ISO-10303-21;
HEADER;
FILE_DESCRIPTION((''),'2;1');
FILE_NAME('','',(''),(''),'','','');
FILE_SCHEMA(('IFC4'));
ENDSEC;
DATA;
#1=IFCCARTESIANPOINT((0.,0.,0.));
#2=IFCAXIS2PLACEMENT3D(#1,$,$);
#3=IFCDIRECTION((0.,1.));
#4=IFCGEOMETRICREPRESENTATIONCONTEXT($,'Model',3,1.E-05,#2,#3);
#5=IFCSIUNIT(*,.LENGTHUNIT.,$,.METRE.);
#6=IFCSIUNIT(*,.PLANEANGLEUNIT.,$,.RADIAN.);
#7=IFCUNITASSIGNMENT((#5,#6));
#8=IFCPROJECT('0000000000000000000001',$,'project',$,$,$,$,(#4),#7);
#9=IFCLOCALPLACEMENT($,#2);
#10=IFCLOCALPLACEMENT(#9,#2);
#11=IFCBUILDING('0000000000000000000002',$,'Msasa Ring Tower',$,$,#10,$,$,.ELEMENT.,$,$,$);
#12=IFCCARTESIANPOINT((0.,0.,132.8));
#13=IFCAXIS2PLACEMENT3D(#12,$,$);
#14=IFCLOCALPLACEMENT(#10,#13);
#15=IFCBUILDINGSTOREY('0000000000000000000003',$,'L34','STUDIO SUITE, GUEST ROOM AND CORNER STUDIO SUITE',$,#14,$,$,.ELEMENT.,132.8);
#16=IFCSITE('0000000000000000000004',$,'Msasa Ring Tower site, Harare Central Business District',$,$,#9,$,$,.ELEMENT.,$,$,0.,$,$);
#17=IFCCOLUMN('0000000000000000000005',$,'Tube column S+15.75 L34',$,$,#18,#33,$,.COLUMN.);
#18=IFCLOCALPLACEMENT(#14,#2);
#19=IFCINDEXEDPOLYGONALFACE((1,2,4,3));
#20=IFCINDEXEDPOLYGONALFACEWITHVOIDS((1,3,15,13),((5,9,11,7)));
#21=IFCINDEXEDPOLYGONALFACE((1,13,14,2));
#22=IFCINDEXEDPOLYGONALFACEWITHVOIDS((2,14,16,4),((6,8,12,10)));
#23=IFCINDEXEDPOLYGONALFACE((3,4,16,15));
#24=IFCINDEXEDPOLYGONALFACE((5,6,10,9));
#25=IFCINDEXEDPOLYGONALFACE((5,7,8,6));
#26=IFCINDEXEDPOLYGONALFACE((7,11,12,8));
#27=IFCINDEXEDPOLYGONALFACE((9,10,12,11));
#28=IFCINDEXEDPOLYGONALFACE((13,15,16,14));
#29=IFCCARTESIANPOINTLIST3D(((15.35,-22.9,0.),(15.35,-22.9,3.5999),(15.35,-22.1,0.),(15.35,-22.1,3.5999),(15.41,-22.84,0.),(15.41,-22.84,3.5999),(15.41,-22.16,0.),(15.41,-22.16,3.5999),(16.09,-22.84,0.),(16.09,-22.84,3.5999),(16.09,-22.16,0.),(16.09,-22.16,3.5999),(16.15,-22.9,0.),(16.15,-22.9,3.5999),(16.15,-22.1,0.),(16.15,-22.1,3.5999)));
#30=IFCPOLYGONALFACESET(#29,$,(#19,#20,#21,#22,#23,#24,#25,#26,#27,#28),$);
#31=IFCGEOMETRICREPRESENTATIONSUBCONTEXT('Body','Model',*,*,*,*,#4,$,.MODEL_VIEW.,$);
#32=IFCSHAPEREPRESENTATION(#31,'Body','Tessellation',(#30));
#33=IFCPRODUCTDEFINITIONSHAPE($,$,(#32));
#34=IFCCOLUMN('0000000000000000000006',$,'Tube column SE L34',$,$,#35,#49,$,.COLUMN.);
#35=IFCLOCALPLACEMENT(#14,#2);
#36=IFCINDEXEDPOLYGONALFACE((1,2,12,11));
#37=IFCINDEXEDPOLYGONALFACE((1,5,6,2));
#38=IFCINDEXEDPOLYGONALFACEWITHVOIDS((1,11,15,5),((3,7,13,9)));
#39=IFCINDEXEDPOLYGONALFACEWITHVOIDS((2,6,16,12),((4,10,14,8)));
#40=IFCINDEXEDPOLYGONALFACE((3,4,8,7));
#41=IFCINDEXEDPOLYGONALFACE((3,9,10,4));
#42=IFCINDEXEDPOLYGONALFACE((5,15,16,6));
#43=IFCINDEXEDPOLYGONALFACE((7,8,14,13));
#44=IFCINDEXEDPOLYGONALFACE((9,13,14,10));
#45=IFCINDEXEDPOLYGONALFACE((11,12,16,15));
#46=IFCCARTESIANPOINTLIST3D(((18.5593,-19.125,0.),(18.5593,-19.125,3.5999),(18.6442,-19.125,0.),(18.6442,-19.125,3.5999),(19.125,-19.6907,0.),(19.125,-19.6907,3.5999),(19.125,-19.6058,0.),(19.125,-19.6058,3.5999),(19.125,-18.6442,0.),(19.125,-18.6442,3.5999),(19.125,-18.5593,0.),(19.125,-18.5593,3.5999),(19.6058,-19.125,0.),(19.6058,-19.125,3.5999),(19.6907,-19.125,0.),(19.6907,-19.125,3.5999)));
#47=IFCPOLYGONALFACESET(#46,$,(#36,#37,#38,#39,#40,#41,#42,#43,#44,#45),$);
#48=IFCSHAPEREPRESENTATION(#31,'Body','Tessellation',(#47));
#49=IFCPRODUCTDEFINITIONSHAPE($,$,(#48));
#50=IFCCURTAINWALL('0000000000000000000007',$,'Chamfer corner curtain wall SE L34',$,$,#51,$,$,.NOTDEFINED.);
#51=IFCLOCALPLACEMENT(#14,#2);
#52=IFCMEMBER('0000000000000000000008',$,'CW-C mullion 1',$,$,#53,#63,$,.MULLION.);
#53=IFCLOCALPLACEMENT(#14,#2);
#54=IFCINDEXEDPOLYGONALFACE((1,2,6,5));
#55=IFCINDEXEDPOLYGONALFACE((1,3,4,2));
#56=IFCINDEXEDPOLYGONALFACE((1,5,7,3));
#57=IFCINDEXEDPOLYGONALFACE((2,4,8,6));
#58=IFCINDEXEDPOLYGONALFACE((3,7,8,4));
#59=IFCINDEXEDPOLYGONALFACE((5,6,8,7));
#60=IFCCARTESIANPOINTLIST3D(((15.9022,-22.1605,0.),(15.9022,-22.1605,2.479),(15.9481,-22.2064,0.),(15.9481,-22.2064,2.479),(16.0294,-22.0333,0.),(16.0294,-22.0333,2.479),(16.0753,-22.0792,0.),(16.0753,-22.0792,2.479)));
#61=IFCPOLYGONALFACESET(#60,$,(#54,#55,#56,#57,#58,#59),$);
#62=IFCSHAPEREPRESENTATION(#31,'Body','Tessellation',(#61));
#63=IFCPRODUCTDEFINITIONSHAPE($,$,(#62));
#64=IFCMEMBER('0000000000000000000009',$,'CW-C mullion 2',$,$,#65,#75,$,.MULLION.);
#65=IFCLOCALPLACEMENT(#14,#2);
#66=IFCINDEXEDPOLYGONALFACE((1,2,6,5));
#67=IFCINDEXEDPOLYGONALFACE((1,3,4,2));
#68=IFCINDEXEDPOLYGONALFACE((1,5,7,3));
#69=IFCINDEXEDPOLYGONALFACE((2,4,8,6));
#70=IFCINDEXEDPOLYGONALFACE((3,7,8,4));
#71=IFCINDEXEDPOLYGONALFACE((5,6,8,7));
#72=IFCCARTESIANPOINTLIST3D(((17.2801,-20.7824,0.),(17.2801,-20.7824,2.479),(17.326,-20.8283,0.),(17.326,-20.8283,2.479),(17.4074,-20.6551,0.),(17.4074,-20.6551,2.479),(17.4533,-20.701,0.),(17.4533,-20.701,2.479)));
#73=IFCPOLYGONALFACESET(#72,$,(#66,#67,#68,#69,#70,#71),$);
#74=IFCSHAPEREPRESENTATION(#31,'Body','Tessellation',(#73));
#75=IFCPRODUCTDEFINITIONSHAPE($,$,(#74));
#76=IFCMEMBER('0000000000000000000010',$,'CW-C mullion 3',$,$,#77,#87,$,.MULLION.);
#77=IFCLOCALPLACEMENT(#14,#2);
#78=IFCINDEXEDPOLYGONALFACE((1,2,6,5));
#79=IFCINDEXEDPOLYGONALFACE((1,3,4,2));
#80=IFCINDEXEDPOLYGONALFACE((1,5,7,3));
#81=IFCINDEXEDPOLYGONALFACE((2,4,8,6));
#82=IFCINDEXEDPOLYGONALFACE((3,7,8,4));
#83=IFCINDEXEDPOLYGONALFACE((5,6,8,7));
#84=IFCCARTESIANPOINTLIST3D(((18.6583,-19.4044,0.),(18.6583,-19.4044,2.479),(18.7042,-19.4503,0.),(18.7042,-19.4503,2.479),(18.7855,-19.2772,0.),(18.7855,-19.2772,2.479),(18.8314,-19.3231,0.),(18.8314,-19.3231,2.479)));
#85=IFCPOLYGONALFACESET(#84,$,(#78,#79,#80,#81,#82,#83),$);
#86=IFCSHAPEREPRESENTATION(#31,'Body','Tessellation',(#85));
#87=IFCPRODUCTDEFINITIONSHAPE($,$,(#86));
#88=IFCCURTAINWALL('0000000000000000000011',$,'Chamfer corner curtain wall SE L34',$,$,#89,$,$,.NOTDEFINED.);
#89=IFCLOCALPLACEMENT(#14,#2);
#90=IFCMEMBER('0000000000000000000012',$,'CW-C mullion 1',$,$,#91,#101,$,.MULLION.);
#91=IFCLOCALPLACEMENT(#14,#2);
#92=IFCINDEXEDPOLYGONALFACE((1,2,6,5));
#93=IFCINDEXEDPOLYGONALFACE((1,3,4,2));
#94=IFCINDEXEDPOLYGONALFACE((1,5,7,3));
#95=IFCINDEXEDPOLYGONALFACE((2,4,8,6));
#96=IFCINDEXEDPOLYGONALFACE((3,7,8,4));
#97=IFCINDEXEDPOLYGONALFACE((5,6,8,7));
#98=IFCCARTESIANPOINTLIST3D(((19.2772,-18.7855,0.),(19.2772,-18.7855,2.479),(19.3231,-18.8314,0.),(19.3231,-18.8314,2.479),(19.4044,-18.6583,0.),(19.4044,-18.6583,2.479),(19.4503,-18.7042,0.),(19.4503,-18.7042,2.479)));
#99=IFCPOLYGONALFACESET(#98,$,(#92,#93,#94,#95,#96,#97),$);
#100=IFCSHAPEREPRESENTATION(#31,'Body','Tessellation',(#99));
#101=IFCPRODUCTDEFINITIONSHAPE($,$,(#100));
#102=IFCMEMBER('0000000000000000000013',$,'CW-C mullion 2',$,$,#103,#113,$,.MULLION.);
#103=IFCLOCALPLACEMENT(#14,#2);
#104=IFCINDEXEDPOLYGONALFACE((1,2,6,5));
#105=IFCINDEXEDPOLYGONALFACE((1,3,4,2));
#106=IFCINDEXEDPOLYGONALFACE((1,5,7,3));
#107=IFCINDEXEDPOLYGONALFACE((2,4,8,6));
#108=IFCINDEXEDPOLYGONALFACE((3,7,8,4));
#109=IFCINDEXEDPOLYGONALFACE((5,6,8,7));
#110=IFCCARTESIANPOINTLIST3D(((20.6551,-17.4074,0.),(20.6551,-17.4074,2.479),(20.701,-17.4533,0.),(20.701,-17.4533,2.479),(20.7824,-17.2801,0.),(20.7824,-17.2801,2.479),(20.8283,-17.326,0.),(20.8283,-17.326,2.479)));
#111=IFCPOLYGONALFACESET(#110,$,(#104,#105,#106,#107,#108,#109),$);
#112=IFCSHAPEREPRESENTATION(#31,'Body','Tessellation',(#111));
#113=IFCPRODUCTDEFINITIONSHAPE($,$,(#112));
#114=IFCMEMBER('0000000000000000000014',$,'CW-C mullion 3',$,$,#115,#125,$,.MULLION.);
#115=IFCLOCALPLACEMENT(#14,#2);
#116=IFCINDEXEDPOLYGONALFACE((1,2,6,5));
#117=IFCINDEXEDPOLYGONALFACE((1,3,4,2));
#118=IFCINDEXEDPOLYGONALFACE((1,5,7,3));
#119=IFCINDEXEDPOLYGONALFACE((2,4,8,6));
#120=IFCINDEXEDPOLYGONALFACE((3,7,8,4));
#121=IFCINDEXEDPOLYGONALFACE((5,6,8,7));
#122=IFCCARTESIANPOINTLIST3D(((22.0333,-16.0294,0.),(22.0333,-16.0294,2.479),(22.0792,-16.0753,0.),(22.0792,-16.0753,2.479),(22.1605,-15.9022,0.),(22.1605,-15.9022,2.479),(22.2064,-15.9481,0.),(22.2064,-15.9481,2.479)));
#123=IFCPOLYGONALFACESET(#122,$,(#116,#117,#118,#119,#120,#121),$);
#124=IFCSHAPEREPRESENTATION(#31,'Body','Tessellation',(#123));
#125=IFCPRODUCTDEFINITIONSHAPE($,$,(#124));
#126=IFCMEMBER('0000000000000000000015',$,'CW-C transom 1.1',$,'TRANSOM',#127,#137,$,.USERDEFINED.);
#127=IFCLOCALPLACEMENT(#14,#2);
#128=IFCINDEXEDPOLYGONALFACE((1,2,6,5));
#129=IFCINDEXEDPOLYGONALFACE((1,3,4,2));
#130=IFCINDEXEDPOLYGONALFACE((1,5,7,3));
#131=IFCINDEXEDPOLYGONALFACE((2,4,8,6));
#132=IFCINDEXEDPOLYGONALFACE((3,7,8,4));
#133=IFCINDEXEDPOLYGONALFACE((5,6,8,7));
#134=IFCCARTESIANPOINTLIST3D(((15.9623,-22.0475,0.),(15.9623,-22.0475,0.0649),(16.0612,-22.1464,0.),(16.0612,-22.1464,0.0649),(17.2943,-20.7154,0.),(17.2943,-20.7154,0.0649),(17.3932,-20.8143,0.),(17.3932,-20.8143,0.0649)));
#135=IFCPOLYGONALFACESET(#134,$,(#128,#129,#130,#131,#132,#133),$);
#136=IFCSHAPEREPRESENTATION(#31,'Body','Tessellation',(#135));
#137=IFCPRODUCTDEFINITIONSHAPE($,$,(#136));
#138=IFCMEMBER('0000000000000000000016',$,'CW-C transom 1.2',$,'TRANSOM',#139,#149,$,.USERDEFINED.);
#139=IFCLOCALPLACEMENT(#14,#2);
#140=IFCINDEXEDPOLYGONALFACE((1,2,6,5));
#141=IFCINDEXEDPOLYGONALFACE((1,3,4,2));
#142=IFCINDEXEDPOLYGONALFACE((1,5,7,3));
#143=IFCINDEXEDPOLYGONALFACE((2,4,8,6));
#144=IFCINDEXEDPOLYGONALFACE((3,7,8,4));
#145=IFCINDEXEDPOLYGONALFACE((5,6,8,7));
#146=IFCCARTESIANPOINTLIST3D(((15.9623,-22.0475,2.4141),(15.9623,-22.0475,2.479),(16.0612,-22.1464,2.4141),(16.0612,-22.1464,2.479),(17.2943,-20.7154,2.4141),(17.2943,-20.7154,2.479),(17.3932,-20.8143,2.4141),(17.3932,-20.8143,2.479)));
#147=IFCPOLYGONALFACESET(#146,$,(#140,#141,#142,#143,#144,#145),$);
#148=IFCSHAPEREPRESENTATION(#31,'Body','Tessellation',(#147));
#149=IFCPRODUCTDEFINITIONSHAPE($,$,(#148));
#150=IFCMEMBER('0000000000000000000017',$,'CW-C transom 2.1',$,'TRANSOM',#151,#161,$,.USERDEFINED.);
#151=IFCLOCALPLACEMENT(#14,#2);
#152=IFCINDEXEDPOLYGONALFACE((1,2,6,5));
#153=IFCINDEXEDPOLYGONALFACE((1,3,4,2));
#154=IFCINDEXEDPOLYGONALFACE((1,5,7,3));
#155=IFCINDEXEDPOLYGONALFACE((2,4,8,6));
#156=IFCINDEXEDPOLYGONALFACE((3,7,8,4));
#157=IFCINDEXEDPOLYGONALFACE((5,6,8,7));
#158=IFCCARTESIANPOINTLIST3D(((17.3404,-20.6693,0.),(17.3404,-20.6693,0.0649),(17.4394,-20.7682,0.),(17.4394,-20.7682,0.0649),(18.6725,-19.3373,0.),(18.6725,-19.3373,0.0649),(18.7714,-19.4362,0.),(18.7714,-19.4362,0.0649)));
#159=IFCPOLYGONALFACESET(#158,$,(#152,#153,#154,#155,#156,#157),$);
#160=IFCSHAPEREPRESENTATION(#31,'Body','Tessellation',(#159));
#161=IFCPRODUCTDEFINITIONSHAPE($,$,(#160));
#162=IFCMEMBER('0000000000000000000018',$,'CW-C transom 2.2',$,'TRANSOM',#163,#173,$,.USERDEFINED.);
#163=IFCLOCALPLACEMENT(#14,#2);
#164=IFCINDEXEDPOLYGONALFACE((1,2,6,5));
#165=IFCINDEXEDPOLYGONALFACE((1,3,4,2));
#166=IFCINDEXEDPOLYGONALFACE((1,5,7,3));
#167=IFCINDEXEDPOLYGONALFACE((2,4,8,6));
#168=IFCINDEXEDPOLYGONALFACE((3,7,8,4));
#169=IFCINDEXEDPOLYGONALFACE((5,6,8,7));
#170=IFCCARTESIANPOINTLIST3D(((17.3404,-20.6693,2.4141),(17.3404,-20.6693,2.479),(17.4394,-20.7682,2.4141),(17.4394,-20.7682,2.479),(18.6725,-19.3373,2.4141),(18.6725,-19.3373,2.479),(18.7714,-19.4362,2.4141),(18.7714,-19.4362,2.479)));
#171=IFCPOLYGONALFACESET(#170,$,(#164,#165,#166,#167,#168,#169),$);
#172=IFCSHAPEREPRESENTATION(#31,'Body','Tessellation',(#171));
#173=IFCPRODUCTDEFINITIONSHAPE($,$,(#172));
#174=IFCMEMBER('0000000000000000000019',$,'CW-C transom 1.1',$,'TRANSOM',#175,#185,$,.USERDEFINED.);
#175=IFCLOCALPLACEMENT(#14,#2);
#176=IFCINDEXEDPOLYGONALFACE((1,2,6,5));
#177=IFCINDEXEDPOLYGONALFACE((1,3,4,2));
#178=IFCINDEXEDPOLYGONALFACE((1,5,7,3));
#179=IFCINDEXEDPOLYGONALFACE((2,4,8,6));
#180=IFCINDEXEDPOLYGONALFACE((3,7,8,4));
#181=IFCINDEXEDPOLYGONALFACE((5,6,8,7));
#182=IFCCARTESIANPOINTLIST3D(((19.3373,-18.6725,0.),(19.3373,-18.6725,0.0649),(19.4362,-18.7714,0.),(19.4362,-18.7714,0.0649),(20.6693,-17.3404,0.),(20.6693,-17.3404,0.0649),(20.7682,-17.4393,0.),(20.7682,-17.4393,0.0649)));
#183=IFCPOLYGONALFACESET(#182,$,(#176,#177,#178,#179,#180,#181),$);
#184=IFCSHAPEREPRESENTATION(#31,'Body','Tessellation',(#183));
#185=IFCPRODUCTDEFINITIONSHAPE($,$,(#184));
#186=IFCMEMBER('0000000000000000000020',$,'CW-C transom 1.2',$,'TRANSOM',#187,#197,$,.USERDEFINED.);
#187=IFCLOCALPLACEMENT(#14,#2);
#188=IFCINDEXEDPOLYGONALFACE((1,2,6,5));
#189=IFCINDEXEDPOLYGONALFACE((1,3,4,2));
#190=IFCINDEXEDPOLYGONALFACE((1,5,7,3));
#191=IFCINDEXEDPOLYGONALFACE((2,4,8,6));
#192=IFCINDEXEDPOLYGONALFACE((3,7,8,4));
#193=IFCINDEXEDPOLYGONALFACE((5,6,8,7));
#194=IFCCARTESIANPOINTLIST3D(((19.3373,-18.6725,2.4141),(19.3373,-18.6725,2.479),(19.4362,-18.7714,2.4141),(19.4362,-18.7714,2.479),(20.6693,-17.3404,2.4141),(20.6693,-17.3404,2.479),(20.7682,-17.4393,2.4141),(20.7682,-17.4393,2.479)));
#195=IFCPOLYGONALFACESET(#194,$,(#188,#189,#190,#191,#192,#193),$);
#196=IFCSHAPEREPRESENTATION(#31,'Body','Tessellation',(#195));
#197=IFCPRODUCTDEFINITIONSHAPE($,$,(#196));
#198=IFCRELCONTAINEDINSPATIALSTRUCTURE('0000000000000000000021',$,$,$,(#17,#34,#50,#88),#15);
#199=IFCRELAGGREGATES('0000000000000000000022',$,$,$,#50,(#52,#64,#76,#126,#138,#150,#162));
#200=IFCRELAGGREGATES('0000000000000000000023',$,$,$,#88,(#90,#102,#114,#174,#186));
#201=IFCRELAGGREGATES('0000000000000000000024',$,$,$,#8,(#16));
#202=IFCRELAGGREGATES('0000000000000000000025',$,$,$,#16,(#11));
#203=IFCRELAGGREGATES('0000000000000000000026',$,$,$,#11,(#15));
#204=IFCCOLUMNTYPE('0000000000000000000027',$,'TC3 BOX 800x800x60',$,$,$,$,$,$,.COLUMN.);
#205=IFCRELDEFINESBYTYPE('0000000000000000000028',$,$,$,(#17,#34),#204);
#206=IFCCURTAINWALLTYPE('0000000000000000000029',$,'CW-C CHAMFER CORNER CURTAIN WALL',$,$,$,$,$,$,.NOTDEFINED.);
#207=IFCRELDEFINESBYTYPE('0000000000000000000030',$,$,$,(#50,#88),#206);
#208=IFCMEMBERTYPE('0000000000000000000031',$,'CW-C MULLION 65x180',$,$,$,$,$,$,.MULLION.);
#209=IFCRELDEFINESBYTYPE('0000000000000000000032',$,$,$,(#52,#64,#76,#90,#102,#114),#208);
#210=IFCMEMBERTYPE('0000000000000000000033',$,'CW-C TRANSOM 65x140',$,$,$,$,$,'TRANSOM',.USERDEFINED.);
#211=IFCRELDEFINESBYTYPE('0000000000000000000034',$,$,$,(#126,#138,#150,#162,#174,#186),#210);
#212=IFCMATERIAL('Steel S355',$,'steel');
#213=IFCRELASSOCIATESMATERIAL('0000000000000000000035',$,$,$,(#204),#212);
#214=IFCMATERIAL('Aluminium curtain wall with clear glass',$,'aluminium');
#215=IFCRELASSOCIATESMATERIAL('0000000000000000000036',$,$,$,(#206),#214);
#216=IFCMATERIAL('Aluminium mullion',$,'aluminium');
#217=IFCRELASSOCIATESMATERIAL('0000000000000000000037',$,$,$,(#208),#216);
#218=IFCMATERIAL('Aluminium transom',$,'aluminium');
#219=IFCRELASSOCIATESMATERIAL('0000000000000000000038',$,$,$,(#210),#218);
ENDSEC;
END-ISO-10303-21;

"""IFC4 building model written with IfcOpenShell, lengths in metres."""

from ifc_helpers import new_model, si_unit, direction, frame, origin, origin_2d, place, context, subcontext, project, spatial, rectangle, hollow_rectangle, extrude, material, material_profile, profile_set, type_object, element, aggregate, save


model = new_model("IFC4")

# Units and contexts
model_context = context("Model", 3, precision=1e-05, world=origin(), true_north=direction((0.0, 1.0)))
body_context = subcontext(model_context, "Body", "Model", "MODEL_VIEW")
ifc_project = project(units=[si_unit("LENGTHUNIT", "METRE"), si_unit("PLANEANGLEUNIT", "RADIAN")], contexts=[model_context])

# Site, building, storey
site_placement = place(None, origin())
site = spatial("IfcSite", under=ifc_project, at=site_placement, Name="Msasa Ring Tower site, Harare Central Business District", CompositionType="ELEMENT", RefElevation=0.0)
building_placement = place(site_placement, origin())
building = spatial("IfcBuilding", under=site, at=building_placement, Name="Msasa Ring Tower", CompositionType="ELEMENT")
storey_placement = place(building_placement, frame((0.0, 0.0, 132.8)))
storey = spatial("IfcBuildingStorey", under=building, at=storey_placement, Name="L34", Description="STUDIO SUITE, GUEST ROOM AND CORNER STUDIO SUITE", CompositionType="ELEMENT", Elevation=132.8)

# Columns
ifc_material_1 = material(Name="Steel S355", Category="steel")
ifc_material_profile_1 = material_profile(ifc_material_1, hollow_rectangle(XDim=0.8, YDim=0.8, WallThickness=0.0601, at=origin_2d()), Name="BOX 800x800x60")
ifc_profile_set_1 = profile_set([ifc_material_profile_1], Name="Steel S355")
column_type = type_object("IfcColumnType", Name="TC3 BOX 800x800x60", PredefinedType="COLUMN", material=ifc_profile_set_1)
for number, where, z_axis, x_axis, name in (
    (1, (15.75, -22.5, 0.0), (0.0, 0.0, 1.0), (0.0, 1.0, 0.0), "Tube column S+15.75 L34"),
    (2, (19.125, -19.125, 0.0), (0.0, 0.0, 1.0), (0.707107, -0.707107, 0.0), "Tube column SE L34"),
):
    element("IfcColumn", number, at=place(storey_placement, frame(where, z_axis=z_axis, x_axis=x_axis)), inside=storey, type_object=column_type, Name=name, PredefinedType="COLUMN", context=body_context, shape_type="SweptSolid", body=[
        extrude(hollow_rectangle(XDim=0.8, YDim=0.8, WallThickness=0.0601, at=origin_2d()), origin(), (0.0, 0.0, 1.0), 3.5999),
    ])

# Curtain walls, members
ifc_material_2 = material(Name="Aluminium curtain wall with clear glass", Category="aluminium")
curtain_wall_type = type_object("IfcCurtainWallType", Name="CW-C CHAMFER CORNER CURTAIN WALL", PredefinedType="NOTDEFINED", material=ifc_material_2)
curtain_wall_1_placement = place(storey_placement, origin())
curtain_wall_1 = element("IfcCurtainWall", 3, at=curtain_wall_1_placement, inside=storey, type_object=curtain_wall_type, Name="Chamfer corner curtain wall SE L34", PredefinedType="NOTDEFINED")
ifc_material_3 = material(Name="Aluminium mullion", Category="aluminium")
ifc_material_profile_2 = material_profile(ifc_material_3, rectangle(XDim=0.0649, YDim=0.1799, at=origin_2d()), Name="AL 65x180")
ifc_profile_set_2 = profile_set([ifc_material_profile_2], Name="Aluminium mullion")
member_type_1 = type_object("IfcMemberType", Name="CW-C MULLION 65x180", PredefinedType="MULLION", material=ifc_profile_set_2)
member_1_placement = place(storey_placement, frame((15.9888, -22.1199, 0.0), z_axis=(0.0, 0.0, 1.0), x_axis=(-0.707107, 0.707107, 0.0)))
member_1 = element("IfcMember", 4, at=member_1_placement, type_object=member_type_1, Name="CW-C mullion 1", PredefinedType="MULLION", context=body_context, shape_type="SweptSolid", body=[
    extrude(rectangle(XDim=0.0649, YDim=0.1799, at=origin_2d()), origin(), (0.0, 0.0, 1.0), 2.479),
])
member_2_placement = place(storey_placement, frame((17.3667, -20.7417, 0.0), z_axis=(0.0, 0.0, 1.0), x_axis=(-0.707107, 0.707107, 0.0)))
member_2 = element("IfcMember", 5, at=member_2_placement, type_object=member_type_1, Name="CW-C mullion 2", PredefinedType="MULLION", context=body_context, shape_type="SweptSolid", body=[
    extrude(rectangle(XDim=0.0649, YDim=0.1799, at=origin_2d()), origin(), (0.0, 0.0, 1.0), 2.479),
])
member_3_placement = place(storey_placement, frame((18.7449, -19.3638, 0.0), z_axis=(0.0, 0.0, 1.0), x_axis=(-0.707107, 0.707107, 0.0)))
member_3 = element("IfcMember", 6, at=member_3_placement, type_object=member_type_1, Name="CW-C mullion 3", PredefinedType="MULLION", context=body_context, shape_type="SweptSolid", body=[
    extrude(rectangle(XDim=0.0649, YDim=0.1799, at=origin_2d()), origin(), (0.0, 0.0, 1.0), 2.479),
])
curtain_wall_2_placement = place(storey_placement, origin())
curtain_wall_2 = element("IfcCurtainWall", 7, at=curtain_wall_2_placement, inside=storey, type_object=curtain_wall_type, Name="Chamfer corner curtain wall SE L34", PredefinedType="NOTDEFINED")
member_4_placement = place(storey_placement, frame((19.3638, -18.7449, 0.0), z_axis=(0.0, 0.0, 1.0), x_axis=(-0.707107, 0.707107, 0.0)))
member_4 = element("IfcMember", 8, at=member_4_placement, type_object=member_type_1, Name="CW-C mullion 1", PredefinedType="MULLION", context=body_context, shape_type="SweptSolid", body=[
    extrude(rectangle(XDim=0.0649, YDim=0.1799, at=origin_2d()), origin(), (0.0, 0.0, 1.0), 2.479),
])
member_5_placement = place(storey_placement, frame((20.7417, -17.3667, 0.0), z_axis=(0.0, 0.0, 1.0), x_axis=(-0.707107, 0.707107, 0.0)))
member_5 = element("IfcMember", 9, at=member_5_placement, type_object=member_type_1, Name="CW-C mullion 2", PredefinedType="MULLION", context=body_context, shape_type="SweptSolid", body=[
    extrude(rectangle(XDim=0.0649, YDim=0.1799, at=origin_2d()), origin(), (0.0, 0.0, 1.0), 2.479),
])
member_6_placement = place(storey_placement, frame((22.1199, -15.9888, 0.0), z_axis=(0.0, 0.0, 1.0), x_axis=(-0.707107, 0.707107, 0.0)))
member_6 = element("IfcMember", 10, at=member_6_placement, type_object=member_type_1, Name="CW-C mullion 3", PredefinedType="MULLION", context=body_context, shape_type="SweptSolid", body=[
    extrude(rectangle(XDim=0.0649, YDim=0.1799, at=origin_2d()), origin(), (0.0, 0.0, 1.0), 2.479),
])

# Members
ifc_material_4 = material(Name="Aluminium transom", Category="aluminium")
ifc_material_profile_3 = material_profile(ifc_material_4, rectangle(XDim=0.1399, YDim=0.0649, at=origin_2d()), Name="AL 65x140")
ifc_profile_set_3 = profile_set([ifc_material_profile_3], Name="Aluminium transom")
member_type_2 = type_object("IfcMemberType", Name="CW-C TRANSOM 65x140", ElementType="TRANSOM", PredefinedType="USERDEFINED", material=ifc_profile_set_3)
member_7_placement = place(storey_placement, frame((16.0117, -22.0969, 0.0325), z_axis=(0.707107, 0.707107, 0.0), x_axis=(-0.707107, 0.707107, 0.0)))
member_7 = element("IfcMember", 11, at=member_7_placement, type_object=member_type_2, Name="CW-C transom 1.1", ObjectType="TRANSOM", PredefinedType="USERDEFINED", context=body_context, shape_type="SweptSolid", body=[
    extrude(rectangle(XDim=0.1399, YDim=0.0649, at=origin_2d()), origin(), (0.0, 0.0, 1.0), 1.8838),
])
member_8_placement = place(storey_placement, frame((16.0117, -22.0969, 2.4465), z_axis=(0.707107, 0.707107, 0.0), x_axis=(-0.707107, 0.707107, 0.0)))
member_8 = element("IfcMember", 12, at=member_8_placement, type_object=member_type_2, Name="CW-C transom 1.2", ObjectType="TRANSOM", PredefinedType="USERDEFINED", context=body_context, shape_type="SweptSolid", body=[
    extrude(rectangle(XDim=0.1399, YDim=0.0649, at=origin_2d()), origin(), (0.0, 0.0, 1.0), 1.8838),
])
member_9_placement = place(storey_placement, frame((17.3899, -20.7188, 0.0325), z_axis=(0.707107, 0.707107, 0.0), x_axis=(-0.707107, 0.707107, 0.0)))
member_9 = element("IfcMember", 13, at=member_9_placement, type_object=member_type_2, Name="CW-C transom 2.1", ObjectType="TRANSOM", PredefinedType="USERDEFINED", context=body_context, shape_type="SweptSolid", body=[
    extrude(rectangle(XDim=0.1399, YDim=0.0649, at=origin_2d()), origin(), (0.0, 0.0, 1.0), 1.8838),
])
member_10_placement = place(storey_placement, frame((17.3899, -20.7188, 2.4465), z_axis=(0.707107, 0.707107, 0.0), x_axis=(-0.707107, 0.707107, 0.0)))
member_10 = element("IfcMember", 14, at=member_10_placement, type_object=member_type_2, Name="CW-C transom 2.2", ObjectType="TRANSOM", PredefinedType="USERDEFINED", context=body_context, shape_type="SweptSolid", body=[
    extrude(rectangle(XDim=0.1399, YDim=0.0649, at=origin_2d()), origin(), (0.0, 0.0, 1.0), 1.8838),
])
member_11_placement = place(storey_placement, frame((19.3867, -18.7219, 0.0325), z_axis=(0.707107, 0.707107, 0.0), x_axis=(-0.707107, 0.707107, 0.0)))
member_11 = element("IfcMember", 15, at=member_11_placement, type_object=member_type_2, Name="CW-C transom 1.1", ObjectType="TRANSOM", PredefinedType="USERDEFINED", context=body_context, shape_type="SweptSolid", body=[
    extrude(rectangle(XDim=0.1399, YDim=0.0649, at=origin_2d()), origin(), (0.0, 0.0, 1.0), 1.8838),
])
member_12_placement = place(storey_placement, frame((19.3867, -18.7219, 2.4465), z_axis=(0.707107, 0.707107, 0.0), x_axis=(-0.707107, 0.707107, 0.0)))
member_12 = element("IfcMember", 16, at=member_12_placement, type_object=member_type_2, Name="CW-C transom 1.2", ObjectType="TRANSOM", PredefinedType="USERDEFINED", context=body_context, shape_type="SweptSolid", body=[
    extrude(rectangle(XDim=0.1399, YDim=0.0649, at=origin_2d()), origin(), (0.0, 0.0, 1.0), 1.8838),
])

aggregate(curtain_wall_1, [member_1, member_2, member_3, member_7, member_8, member_9, member_10])
aggregate(curtain_wall_2, [member_4, member_5, member_6, member_11, member_12])

save(model, "model.ifc")
